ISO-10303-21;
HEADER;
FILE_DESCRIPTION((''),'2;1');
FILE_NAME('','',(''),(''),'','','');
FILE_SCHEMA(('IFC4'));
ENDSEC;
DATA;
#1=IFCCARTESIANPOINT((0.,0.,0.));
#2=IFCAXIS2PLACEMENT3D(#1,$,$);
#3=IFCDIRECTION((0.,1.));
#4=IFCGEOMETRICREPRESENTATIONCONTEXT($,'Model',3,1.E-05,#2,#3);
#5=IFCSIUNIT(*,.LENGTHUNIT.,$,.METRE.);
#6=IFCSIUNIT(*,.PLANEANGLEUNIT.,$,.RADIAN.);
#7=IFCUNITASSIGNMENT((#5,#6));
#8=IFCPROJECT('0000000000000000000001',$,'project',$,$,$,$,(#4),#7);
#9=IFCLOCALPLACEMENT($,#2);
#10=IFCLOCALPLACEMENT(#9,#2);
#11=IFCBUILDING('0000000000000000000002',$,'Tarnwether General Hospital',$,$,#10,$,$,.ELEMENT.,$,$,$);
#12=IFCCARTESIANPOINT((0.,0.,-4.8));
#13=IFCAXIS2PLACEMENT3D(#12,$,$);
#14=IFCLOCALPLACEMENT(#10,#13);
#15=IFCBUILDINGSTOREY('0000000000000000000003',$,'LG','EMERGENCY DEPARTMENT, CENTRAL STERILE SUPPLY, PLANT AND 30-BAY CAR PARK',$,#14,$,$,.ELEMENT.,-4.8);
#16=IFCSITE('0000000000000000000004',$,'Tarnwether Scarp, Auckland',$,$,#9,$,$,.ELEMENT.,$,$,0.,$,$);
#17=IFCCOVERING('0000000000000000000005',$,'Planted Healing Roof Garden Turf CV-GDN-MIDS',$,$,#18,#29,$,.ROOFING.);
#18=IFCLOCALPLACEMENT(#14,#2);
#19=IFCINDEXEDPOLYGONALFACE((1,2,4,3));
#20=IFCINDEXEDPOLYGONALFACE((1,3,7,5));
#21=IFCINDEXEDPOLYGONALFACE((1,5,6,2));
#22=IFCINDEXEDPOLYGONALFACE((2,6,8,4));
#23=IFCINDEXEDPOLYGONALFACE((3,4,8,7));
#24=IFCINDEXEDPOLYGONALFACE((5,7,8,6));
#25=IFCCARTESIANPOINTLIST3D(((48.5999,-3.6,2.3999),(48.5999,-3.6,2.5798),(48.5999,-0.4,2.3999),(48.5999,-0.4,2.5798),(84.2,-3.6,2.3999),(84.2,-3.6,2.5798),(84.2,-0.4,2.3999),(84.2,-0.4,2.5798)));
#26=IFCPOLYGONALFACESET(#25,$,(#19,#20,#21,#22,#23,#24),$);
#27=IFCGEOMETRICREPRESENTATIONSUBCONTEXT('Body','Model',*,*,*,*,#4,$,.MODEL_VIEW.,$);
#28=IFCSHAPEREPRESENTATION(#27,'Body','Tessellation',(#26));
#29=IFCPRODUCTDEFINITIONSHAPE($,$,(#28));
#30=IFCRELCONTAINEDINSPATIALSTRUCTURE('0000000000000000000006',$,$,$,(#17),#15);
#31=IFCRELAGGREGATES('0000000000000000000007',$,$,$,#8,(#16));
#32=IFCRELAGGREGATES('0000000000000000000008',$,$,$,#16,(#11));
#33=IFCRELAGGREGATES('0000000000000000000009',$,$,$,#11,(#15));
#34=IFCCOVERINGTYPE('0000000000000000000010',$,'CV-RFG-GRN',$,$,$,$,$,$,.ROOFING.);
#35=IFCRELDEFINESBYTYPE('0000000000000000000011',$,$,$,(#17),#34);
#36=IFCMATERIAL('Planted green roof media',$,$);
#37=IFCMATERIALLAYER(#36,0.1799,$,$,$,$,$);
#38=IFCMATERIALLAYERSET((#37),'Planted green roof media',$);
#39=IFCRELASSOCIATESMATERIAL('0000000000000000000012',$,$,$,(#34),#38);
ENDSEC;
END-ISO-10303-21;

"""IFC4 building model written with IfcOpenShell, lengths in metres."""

from ifc_helpers import new_model, si_unit, direction, frame, origin, origin_2d, place, context, subcontext, project, spatial, rectangle, extrude, material, layer, layer_set, type_object, element, save


model = new_model("IFC4")

# Units and contexts
model_context = context("Model", 3, precision=1e-05, world=origin(), true_north=direction((0.0, 1.0)))
body_context = subcontext(model_context, "Body", "Model", "MODEL_VIEW")
ifc_project = project(units=[si_unit("LENGTHUNIT", "METRE"), si_unit("PLANEANGLEUNIT", "RADIAN")], contexts=[model_context])

# Site, building, storey
site_placement = place(None, origin())
site = spatial("IfcSite", under=ifc_project, at=site_placement, Name="Tarnwether Scarp, Auckland", CompositionType="ELEMENT", RefElevation=0.0)
building_placement = place(site_placement, origin())
building = spatial("IfcBuilding", under=site, at=building_placement, Name="Tarnwether General Hospital", CompositionType="ELEMENT")
storey_placement = place(building_placement, frame((0.0, 0.0, -4.8)))
storey = spatial("IfcBuildingStorey", under=building, at=storey_placement, Name="LG", Description="EMERGENCY DEPARTMENT, CENTRAL STERILE SUPPLY, PLANT AND 30-BAY CAR PARK", CompositionType="ELEMENT", Elevation=-4.8)

# Covering
ifc_material_1 = material(Name="Planted green roof media")
ifc_layer = layer(ifc_material_1, 0.1799)
ifc_layer_set = layer_set([ifc_layer], Name="Planted green roof media")
covering_type = type_object("IfcCoveringType", Name="CV-RFG-GRN", PredefinedType="ROOFING", material=ifc_layer_set)
covering_placement = place(storey_placement, frame((66.3999, -2.0, 2.3999), z_axis=(0.0, 0.0, 1.0), x_axis=(1.0, 0.0, 0.0)))
element("IfcCovering", 1, at=covering_placement, inside=storey, type_object=covering_type, Name="Planted Healing Roof Garden Turf CV-GDN-MIDS", PredefinedType="ROOFING", context=body_context, shape_type="SweptSolid", body=[
    extrude(rectangle(XDim=35.6001, YDim=3.2, at=origin_2d()), origin(), (0.0, 0.0, 1.0), 0.1799),
])

save(model, "model.ifc")
